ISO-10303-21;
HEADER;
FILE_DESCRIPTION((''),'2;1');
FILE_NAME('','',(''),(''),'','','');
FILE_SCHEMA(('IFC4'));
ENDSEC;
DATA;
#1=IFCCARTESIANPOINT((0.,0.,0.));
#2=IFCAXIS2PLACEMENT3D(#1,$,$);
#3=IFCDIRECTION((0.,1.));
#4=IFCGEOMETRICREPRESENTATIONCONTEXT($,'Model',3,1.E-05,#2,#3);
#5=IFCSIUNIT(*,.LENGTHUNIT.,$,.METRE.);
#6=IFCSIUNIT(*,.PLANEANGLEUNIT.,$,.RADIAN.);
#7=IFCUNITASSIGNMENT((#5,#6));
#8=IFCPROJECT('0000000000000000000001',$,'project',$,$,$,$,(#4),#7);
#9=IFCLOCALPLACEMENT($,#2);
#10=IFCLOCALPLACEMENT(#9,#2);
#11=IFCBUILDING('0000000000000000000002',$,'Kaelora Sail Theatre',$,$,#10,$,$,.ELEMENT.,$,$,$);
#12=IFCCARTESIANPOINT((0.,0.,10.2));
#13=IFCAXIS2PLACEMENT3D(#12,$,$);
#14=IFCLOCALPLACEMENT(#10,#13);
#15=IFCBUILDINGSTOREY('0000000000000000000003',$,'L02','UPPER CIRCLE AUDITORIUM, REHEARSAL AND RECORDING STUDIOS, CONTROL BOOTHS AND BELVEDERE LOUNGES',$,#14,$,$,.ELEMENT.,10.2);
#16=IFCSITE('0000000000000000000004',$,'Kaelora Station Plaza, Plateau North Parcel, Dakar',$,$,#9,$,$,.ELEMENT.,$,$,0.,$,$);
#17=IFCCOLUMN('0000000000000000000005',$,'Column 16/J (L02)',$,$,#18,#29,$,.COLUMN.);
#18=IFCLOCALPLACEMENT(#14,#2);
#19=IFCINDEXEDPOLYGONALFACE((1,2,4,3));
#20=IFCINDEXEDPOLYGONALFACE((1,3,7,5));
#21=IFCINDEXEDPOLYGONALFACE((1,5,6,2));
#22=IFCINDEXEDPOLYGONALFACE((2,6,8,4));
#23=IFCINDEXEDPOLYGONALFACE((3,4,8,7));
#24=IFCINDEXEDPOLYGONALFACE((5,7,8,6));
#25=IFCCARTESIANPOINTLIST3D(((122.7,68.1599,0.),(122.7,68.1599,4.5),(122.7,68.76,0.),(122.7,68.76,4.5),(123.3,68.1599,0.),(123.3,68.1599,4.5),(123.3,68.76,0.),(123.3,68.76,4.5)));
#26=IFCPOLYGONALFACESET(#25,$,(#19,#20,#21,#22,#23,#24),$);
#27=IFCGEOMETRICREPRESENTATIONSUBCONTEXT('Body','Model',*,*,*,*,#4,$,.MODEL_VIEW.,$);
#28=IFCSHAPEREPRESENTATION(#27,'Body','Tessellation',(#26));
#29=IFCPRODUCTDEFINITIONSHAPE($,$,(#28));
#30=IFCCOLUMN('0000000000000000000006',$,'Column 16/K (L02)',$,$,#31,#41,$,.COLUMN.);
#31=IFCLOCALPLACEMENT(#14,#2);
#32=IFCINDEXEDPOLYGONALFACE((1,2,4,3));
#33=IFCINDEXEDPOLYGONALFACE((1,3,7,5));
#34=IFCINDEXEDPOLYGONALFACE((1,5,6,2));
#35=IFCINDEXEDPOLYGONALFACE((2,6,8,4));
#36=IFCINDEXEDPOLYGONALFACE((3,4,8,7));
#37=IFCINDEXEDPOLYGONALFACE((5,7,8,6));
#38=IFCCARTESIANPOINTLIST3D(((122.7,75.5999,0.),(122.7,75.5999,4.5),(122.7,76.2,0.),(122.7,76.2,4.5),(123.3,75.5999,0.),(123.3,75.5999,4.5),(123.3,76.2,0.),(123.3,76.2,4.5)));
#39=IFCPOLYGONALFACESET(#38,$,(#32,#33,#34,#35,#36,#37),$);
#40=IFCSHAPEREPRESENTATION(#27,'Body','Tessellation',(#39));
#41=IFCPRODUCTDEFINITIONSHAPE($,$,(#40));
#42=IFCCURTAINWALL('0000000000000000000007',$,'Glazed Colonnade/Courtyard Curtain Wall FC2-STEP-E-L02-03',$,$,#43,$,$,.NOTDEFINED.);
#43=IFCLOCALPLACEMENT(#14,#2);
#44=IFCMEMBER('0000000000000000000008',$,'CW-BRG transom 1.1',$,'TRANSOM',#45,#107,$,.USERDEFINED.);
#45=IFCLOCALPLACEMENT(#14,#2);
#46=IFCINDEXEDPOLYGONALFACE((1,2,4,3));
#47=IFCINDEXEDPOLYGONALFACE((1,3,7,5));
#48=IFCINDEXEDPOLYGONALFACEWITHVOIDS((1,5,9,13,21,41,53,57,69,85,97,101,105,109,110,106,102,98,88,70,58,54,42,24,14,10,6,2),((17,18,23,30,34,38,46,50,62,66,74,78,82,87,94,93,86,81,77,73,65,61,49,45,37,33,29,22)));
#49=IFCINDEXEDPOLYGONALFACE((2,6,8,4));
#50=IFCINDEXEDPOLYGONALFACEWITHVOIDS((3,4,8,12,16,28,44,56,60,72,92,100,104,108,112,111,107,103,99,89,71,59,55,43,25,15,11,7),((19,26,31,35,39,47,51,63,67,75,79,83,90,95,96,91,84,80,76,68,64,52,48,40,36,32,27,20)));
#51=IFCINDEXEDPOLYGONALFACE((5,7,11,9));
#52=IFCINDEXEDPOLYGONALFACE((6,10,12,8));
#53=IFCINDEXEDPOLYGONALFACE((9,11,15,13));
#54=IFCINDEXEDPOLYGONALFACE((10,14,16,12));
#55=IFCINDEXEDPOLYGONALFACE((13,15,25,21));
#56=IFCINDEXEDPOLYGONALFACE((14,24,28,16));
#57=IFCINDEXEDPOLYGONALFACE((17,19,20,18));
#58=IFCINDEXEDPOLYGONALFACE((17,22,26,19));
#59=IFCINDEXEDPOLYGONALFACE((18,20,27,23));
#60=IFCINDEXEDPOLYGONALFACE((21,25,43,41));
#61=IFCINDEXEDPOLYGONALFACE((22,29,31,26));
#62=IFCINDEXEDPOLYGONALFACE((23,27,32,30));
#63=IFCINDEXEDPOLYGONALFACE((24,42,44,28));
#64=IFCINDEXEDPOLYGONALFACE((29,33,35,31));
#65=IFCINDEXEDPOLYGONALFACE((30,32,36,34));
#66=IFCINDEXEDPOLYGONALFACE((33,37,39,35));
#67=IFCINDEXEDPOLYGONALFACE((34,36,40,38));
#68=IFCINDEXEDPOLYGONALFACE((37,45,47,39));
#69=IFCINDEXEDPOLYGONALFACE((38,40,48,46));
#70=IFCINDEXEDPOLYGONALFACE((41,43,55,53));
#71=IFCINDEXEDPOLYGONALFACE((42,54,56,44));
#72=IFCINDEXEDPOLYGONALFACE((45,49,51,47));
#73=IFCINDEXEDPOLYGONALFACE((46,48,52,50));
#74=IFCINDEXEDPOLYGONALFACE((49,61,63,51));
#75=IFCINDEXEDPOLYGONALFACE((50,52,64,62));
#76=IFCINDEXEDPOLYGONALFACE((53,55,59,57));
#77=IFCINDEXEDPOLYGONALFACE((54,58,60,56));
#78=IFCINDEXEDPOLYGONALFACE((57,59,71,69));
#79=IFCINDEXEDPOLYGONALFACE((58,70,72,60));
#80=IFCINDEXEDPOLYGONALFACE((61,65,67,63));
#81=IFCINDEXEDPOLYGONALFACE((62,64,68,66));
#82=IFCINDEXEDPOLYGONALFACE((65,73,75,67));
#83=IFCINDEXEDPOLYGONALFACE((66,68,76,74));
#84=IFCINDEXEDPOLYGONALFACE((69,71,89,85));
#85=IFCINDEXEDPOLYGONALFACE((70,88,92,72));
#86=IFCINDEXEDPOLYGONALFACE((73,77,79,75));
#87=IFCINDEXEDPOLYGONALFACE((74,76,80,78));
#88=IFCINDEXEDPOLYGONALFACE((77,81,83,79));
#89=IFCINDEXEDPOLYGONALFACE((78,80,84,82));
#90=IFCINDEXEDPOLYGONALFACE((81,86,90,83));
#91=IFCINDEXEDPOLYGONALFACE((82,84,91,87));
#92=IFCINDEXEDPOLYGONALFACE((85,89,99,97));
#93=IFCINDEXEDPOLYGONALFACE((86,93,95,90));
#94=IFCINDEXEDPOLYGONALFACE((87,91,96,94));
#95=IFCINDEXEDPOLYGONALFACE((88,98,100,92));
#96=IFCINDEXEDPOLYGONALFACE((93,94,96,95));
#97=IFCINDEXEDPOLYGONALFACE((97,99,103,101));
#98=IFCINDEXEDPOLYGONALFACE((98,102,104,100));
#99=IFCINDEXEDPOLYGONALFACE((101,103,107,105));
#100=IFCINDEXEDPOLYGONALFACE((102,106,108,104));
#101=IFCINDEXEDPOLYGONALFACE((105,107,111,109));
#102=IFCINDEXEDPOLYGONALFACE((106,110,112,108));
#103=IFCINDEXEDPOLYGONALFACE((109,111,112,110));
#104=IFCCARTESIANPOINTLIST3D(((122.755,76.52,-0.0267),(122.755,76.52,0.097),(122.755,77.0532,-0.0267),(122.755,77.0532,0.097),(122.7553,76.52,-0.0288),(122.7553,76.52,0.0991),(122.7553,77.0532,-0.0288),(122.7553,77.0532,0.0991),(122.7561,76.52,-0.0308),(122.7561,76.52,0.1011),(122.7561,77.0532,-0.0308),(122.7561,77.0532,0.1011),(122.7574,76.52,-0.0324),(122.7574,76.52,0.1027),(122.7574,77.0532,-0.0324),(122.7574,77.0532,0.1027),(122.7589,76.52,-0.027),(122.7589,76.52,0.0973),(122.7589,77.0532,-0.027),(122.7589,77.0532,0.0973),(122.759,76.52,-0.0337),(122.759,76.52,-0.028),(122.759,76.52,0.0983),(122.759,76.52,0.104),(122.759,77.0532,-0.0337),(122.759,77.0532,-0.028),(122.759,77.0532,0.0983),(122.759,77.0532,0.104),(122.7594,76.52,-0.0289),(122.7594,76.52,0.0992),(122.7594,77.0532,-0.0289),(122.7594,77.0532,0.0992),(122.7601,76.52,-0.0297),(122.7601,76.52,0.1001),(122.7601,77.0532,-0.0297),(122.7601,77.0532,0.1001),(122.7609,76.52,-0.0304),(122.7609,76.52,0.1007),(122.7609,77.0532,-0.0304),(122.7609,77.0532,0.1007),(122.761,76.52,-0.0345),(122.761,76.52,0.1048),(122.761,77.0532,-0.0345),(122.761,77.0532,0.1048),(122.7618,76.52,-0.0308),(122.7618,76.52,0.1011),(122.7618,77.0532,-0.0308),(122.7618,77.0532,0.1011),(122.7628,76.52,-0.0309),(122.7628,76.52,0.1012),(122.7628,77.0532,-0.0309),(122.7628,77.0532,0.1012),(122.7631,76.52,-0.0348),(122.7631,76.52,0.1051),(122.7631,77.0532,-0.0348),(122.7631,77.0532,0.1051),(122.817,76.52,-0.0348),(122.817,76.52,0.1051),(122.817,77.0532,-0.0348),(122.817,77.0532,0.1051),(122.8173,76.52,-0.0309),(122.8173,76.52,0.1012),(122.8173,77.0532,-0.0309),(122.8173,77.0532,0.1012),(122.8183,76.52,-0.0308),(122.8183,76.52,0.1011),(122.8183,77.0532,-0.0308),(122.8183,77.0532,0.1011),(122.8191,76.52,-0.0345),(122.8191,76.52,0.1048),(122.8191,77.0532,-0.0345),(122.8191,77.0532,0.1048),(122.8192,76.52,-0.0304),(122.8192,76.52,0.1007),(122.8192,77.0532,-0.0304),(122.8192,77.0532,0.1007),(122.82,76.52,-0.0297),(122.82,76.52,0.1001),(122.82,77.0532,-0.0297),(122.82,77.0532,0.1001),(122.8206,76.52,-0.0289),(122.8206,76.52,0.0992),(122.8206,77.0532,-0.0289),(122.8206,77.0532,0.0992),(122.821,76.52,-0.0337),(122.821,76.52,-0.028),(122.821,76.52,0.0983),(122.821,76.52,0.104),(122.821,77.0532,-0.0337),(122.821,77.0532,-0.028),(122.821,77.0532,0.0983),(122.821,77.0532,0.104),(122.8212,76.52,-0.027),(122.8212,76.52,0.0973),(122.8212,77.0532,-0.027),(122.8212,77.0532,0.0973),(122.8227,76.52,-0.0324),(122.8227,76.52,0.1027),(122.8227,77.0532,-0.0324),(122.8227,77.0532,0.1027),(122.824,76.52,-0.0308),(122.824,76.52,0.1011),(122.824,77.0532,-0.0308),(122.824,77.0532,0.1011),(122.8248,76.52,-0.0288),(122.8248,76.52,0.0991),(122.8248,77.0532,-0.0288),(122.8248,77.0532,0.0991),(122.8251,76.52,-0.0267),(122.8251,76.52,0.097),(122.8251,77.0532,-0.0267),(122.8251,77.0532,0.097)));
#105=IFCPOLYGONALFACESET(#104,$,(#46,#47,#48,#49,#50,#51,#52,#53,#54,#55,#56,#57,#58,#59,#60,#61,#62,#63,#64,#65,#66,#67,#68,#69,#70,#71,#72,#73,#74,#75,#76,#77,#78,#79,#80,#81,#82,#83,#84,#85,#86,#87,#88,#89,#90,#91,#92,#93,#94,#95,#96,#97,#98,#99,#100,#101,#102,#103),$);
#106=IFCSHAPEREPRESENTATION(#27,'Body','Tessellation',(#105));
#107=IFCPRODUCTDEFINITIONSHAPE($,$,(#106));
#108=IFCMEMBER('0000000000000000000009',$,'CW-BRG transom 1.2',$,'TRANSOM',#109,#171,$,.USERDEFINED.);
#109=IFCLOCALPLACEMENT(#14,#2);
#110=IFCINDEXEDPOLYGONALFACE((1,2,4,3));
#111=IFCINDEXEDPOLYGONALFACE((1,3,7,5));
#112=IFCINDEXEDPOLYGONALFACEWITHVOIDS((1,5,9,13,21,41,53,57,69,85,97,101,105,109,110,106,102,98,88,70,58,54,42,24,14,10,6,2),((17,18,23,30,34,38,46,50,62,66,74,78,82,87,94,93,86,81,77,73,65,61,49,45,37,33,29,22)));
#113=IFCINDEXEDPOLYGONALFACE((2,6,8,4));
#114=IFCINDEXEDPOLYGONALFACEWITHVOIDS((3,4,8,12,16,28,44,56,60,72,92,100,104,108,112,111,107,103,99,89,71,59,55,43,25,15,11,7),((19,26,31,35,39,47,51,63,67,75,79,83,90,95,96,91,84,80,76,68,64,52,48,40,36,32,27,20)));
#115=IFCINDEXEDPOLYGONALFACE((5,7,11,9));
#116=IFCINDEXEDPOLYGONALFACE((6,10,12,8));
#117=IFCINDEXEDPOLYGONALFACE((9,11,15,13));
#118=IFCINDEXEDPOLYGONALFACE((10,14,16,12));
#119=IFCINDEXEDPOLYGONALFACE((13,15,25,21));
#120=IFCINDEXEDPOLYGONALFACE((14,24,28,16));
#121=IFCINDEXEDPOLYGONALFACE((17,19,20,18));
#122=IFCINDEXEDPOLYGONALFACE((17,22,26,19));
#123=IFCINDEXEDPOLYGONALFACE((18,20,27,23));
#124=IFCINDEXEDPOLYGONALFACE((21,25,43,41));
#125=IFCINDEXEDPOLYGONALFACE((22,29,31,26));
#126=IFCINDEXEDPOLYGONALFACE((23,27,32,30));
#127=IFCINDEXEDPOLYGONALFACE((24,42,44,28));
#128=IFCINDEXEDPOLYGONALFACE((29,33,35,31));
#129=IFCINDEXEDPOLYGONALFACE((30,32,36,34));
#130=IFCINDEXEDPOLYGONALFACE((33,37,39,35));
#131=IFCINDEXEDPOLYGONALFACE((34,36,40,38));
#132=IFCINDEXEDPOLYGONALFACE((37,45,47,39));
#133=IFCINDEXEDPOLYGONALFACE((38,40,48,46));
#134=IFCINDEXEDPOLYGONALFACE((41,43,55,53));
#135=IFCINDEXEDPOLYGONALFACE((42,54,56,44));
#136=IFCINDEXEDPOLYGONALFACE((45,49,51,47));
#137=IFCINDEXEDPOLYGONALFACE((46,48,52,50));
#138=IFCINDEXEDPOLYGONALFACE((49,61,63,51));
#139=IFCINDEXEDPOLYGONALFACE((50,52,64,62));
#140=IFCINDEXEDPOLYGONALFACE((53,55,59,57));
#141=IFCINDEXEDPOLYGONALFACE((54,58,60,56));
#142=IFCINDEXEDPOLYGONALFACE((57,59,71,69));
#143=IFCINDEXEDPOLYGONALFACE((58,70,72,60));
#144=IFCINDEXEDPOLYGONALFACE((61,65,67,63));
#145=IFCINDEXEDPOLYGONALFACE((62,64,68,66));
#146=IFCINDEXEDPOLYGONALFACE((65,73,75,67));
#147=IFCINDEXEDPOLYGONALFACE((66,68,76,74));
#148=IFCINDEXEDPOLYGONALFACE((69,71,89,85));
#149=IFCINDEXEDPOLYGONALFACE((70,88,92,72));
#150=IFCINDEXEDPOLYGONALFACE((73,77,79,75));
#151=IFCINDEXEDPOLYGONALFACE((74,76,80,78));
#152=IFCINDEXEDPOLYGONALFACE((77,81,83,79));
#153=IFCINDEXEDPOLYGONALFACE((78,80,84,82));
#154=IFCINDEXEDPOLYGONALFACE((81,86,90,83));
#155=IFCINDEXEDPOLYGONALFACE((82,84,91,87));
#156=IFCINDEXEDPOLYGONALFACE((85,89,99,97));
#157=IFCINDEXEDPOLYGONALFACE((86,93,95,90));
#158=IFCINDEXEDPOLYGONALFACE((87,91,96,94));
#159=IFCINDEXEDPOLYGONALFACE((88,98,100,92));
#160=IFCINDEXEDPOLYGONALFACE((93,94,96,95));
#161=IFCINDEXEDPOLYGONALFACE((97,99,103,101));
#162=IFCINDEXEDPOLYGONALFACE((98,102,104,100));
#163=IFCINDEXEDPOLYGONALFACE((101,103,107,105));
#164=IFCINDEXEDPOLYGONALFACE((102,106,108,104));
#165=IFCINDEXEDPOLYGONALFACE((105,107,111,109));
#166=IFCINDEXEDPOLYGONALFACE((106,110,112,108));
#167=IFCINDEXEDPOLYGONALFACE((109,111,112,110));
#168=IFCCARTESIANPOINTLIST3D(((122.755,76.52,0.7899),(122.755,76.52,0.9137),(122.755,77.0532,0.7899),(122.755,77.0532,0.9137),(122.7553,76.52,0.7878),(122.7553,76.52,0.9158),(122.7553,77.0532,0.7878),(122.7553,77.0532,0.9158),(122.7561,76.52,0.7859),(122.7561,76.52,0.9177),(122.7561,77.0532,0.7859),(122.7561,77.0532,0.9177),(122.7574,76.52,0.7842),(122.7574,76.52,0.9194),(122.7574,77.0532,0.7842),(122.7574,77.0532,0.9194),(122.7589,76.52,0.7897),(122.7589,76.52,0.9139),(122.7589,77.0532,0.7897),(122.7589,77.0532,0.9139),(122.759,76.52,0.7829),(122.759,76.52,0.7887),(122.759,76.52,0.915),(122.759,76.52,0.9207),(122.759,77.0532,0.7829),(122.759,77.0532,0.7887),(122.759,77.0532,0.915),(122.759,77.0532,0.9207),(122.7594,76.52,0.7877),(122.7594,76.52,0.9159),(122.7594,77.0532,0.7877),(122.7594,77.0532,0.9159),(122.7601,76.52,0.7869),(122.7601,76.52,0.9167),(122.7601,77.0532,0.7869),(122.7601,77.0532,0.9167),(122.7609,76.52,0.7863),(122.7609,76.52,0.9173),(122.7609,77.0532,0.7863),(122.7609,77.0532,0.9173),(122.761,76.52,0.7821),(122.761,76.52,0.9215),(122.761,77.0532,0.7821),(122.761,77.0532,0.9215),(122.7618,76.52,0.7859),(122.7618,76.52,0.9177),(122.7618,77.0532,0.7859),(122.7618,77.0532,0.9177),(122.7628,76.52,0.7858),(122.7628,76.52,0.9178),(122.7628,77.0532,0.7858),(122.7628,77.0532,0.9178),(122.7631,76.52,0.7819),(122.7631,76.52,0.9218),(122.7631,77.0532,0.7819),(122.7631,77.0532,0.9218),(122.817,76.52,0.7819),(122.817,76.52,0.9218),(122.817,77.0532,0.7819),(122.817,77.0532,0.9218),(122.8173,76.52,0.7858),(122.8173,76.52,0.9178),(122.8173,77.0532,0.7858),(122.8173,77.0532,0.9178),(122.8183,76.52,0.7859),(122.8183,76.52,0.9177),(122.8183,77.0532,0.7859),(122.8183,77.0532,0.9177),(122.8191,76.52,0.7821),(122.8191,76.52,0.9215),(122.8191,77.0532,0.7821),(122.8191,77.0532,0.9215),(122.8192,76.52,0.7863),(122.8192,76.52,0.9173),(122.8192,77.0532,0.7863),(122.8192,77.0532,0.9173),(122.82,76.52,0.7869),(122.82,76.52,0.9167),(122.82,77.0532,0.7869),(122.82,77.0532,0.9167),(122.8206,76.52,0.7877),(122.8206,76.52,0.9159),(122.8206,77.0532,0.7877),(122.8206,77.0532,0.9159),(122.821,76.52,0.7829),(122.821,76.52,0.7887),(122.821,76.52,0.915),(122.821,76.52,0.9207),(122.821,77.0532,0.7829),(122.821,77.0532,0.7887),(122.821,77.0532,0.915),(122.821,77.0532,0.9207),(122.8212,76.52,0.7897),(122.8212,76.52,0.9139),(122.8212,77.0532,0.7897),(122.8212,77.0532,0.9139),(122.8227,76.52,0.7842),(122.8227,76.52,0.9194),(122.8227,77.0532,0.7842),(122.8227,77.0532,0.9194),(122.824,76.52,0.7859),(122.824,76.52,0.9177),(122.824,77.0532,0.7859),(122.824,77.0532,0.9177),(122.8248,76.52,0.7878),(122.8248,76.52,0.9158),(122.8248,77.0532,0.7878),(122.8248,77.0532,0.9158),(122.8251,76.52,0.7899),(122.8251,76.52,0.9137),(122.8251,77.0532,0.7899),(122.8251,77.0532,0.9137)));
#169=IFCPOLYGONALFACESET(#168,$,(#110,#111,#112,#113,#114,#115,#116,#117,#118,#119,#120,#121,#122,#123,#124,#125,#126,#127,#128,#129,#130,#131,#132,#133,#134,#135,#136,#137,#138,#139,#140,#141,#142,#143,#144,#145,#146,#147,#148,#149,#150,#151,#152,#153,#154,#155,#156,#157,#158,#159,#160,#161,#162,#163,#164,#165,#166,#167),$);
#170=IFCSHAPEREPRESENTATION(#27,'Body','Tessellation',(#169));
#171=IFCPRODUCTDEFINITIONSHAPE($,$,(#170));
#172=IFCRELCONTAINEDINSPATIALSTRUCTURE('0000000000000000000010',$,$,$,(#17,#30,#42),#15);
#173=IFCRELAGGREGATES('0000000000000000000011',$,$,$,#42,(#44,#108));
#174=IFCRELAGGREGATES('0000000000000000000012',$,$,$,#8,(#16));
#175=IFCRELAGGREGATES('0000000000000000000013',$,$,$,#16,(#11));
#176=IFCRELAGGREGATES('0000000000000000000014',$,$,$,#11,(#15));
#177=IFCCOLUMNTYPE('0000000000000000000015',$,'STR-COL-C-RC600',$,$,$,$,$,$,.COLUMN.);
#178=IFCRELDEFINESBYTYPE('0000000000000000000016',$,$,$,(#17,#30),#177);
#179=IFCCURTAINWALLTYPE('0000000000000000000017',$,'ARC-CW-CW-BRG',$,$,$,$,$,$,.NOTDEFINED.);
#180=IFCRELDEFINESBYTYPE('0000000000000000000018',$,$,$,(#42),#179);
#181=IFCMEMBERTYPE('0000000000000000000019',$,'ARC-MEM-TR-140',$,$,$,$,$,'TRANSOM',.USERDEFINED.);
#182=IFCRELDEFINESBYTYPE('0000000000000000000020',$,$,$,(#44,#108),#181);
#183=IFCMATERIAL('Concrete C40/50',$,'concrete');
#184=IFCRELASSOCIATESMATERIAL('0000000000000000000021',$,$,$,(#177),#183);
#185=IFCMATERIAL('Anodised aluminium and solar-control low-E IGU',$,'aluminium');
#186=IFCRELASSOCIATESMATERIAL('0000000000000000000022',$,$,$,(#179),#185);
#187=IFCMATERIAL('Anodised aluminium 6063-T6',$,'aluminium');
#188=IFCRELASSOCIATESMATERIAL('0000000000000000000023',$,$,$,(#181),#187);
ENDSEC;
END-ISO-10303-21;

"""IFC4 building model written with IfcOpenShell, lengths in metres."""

from ifc_helpers import new_model, si_unit, direction, frame, origin, origin_2d, place, context, subcontext, project, spatial, rectangle, hollow_rectangle, extrude, material, material_profile, profile_set, type_object, element, aggregate, save


model = new_model("IFC4")

# Units and contexts
model_context = context("Model", 3, precision=1e-05, world=origin(), true_north=direction((0.0, 1.0)))
body_context = subcontext(model_context, "Body", "Model", "MODEL_VIEW")
ifc_project = project(units=[si_unit("LENGTHUNIT", "METRE"), si_unit("PLANEANGLEUNIT", "RADIAN")], contexts=[model_context])

# Site, building, storey
site_placement = place(None, origin())
site = spatial("IfcSite", under=ifc_project, at=site_placement, Name="Kaelora Station Plaza, Plateau North Parcel, Dakar", CompositionType="ELEMENT", RefElevation=0.0)
building_placement = place(site_placement, origin())
building = spatial("IfcBuilding", under=site, at=building_placement, Name="Kaelora Sail Theatre", CompositionType="ELEMENT")
storey_placement = place(building_placement, frame((0.0, 0.0, 10.2)))
storey = spatial("IfcBuildingStorey", under=building, at=storey_placement, Name="L02", Description="UPPER CIRCLE AUDITORIUM, REHEARSAL AND RECORDING STUDIOS, CONTROL BOOTHS AND BELVEDERE LOUNGES", CompositionType="ELEMENT", Elevation=10.2)

# Columns
ifc_material_1 = material(Name="Concrete C40/50", Category="concrete")
ifc_material_profile_1 = material_profile(ifc_material_1, rectangle(XDim=0.6001, YDim=0.6001, at=origin_2d()), Name="RC-COL 600x600")
ifc_profile_set_1 = profile_set([ifc_material_profile_1], Name="Concrete C40/50")
column_type = type_object("IfcColumnType", Name="STR-COL-C-RC600", PredefinedType="COLUMN", material=ifc_profile_set_1)
for number, where, z_axis, x_axis, name in (
    (1, (123.0, 68.46, 0.0), (0.0, 0.0, 1.0), (1.0, 0.0, 0.0), "Column 16/J (L02)"),
    (2, (123.0, 75.8999, 0.0), (0.0, 0.0, 1.0), (1.0, 0.0, 0.0), "Column 16/K (L02)"),
):
    element("IfcColumn", number, at=place(storey_placement, frame(where, z_axis=z_axis, x_axis=x_axis)), inside=storey, type_object=column_type, Name=name, PredefinedType="COLUMN", context=body_context, shape_type="SweptSolid", body=[
        extrude(rectangle(XDim=0.6001, YDim=0.6001, at=origin_2d()), origin(), (0.0, 0.0, 1.0), 4.5),
    ])

# Curtain wall, members
ifc_material_2 = material(Name="Anodised aluminium and solar-control low-E IGU", Category="aluminium")
curtain_wall_type = type_object("IfcCurtainWallType", Name="ARC-CW-CW-BRG", PredefinedType="NOTDEFINED", material=ifc_material_2)
curtain_wall_placement = place(storey_placement, origin())
curtain_wall = element("IfcCurtainWall", 3, at=curtain_wall_placement, inside=storey, type_object=curtain_wall_type, Name="Glazed Colonnade/Courtyard Curtain Wall FC2-STEP-E-L02-03", PredefinedType="NOTDEFINED")
ifc_material_3 = material(Name="Anodised aluminium 6063-T6", Category="aluminium")
ifc_material_profile_2 = material_profile(ifc_material_3, hollow_rectangle(XDim=0.0701, YDim=0.1399, WallThickness=0.0039, InnerFilletRadius=0.0039, OuterFilletRadius=0.0081, at=origin_2d()), Name="ALU-TRAN 70x140x4")
ifc_profile_set_2 = profile_set([ifc_material_profile_2], Name="Anodised aluminium 6063-T6")
member_type = type_object("IfcMemberType", Name="ARC-MEM-TR-140", ElementType="TRANSOM", PredefinedType="USERDEFINED", material=ifc_profile_set_2)
member_1_placement = place(storey_placement, frame((122.79, 76.52, 0.0352), z_axis=(0.0, 1.0, 0.0), x_axis=(-1.0, 0.0, 0.0)))
member_1 = element("IfcMember", 4, at=member_1_placement, type_object=member_type, Name="CW-BRG transom 1.1", ObjectType="TRANSOM", PredefinedType="USERDEFINED", context=body_context, shape_type="SweptSolid", body=[
    extrude(hollow_rectangle(XDim=0.0701, YDim=0.1399, WallThickness=0.0039, InnerFilletRadius=0.0039, OuterFilletRadius=0.0081, at=origin_2d()), origin(), (0.0, 0.0, 1.0), 0.5332),
])
member_2_placement = place(storey_placement, frame((122.79, 76.52, 0.8518), z_axis=(0.0, 1.0, 0.0), x_axis=(-1.0, 0.0, 0.0)))
member_2 = element("IfcMember", 5, at=member_2_placement, type_object=member_type, Name="CW-BRG transom 1.2", ObjectType="TRANSOM", PredefinedType="USERDEFINED", context=body_context, shape_type="SweptSolid", body=[
    extrude(hollow_rectangle(XDim=0.0701, YDim=0.1399, WallThickness=0.0039, InnerFilletRadius=0.0039, OuterFilletRadius=0.0081, at=origin_2d()), origin(), (0.0, 0.0, 1.0), 0.5332),
])
aggregate(curtain_wall, [member_1, member_2])

save(model, "model.ifc")
